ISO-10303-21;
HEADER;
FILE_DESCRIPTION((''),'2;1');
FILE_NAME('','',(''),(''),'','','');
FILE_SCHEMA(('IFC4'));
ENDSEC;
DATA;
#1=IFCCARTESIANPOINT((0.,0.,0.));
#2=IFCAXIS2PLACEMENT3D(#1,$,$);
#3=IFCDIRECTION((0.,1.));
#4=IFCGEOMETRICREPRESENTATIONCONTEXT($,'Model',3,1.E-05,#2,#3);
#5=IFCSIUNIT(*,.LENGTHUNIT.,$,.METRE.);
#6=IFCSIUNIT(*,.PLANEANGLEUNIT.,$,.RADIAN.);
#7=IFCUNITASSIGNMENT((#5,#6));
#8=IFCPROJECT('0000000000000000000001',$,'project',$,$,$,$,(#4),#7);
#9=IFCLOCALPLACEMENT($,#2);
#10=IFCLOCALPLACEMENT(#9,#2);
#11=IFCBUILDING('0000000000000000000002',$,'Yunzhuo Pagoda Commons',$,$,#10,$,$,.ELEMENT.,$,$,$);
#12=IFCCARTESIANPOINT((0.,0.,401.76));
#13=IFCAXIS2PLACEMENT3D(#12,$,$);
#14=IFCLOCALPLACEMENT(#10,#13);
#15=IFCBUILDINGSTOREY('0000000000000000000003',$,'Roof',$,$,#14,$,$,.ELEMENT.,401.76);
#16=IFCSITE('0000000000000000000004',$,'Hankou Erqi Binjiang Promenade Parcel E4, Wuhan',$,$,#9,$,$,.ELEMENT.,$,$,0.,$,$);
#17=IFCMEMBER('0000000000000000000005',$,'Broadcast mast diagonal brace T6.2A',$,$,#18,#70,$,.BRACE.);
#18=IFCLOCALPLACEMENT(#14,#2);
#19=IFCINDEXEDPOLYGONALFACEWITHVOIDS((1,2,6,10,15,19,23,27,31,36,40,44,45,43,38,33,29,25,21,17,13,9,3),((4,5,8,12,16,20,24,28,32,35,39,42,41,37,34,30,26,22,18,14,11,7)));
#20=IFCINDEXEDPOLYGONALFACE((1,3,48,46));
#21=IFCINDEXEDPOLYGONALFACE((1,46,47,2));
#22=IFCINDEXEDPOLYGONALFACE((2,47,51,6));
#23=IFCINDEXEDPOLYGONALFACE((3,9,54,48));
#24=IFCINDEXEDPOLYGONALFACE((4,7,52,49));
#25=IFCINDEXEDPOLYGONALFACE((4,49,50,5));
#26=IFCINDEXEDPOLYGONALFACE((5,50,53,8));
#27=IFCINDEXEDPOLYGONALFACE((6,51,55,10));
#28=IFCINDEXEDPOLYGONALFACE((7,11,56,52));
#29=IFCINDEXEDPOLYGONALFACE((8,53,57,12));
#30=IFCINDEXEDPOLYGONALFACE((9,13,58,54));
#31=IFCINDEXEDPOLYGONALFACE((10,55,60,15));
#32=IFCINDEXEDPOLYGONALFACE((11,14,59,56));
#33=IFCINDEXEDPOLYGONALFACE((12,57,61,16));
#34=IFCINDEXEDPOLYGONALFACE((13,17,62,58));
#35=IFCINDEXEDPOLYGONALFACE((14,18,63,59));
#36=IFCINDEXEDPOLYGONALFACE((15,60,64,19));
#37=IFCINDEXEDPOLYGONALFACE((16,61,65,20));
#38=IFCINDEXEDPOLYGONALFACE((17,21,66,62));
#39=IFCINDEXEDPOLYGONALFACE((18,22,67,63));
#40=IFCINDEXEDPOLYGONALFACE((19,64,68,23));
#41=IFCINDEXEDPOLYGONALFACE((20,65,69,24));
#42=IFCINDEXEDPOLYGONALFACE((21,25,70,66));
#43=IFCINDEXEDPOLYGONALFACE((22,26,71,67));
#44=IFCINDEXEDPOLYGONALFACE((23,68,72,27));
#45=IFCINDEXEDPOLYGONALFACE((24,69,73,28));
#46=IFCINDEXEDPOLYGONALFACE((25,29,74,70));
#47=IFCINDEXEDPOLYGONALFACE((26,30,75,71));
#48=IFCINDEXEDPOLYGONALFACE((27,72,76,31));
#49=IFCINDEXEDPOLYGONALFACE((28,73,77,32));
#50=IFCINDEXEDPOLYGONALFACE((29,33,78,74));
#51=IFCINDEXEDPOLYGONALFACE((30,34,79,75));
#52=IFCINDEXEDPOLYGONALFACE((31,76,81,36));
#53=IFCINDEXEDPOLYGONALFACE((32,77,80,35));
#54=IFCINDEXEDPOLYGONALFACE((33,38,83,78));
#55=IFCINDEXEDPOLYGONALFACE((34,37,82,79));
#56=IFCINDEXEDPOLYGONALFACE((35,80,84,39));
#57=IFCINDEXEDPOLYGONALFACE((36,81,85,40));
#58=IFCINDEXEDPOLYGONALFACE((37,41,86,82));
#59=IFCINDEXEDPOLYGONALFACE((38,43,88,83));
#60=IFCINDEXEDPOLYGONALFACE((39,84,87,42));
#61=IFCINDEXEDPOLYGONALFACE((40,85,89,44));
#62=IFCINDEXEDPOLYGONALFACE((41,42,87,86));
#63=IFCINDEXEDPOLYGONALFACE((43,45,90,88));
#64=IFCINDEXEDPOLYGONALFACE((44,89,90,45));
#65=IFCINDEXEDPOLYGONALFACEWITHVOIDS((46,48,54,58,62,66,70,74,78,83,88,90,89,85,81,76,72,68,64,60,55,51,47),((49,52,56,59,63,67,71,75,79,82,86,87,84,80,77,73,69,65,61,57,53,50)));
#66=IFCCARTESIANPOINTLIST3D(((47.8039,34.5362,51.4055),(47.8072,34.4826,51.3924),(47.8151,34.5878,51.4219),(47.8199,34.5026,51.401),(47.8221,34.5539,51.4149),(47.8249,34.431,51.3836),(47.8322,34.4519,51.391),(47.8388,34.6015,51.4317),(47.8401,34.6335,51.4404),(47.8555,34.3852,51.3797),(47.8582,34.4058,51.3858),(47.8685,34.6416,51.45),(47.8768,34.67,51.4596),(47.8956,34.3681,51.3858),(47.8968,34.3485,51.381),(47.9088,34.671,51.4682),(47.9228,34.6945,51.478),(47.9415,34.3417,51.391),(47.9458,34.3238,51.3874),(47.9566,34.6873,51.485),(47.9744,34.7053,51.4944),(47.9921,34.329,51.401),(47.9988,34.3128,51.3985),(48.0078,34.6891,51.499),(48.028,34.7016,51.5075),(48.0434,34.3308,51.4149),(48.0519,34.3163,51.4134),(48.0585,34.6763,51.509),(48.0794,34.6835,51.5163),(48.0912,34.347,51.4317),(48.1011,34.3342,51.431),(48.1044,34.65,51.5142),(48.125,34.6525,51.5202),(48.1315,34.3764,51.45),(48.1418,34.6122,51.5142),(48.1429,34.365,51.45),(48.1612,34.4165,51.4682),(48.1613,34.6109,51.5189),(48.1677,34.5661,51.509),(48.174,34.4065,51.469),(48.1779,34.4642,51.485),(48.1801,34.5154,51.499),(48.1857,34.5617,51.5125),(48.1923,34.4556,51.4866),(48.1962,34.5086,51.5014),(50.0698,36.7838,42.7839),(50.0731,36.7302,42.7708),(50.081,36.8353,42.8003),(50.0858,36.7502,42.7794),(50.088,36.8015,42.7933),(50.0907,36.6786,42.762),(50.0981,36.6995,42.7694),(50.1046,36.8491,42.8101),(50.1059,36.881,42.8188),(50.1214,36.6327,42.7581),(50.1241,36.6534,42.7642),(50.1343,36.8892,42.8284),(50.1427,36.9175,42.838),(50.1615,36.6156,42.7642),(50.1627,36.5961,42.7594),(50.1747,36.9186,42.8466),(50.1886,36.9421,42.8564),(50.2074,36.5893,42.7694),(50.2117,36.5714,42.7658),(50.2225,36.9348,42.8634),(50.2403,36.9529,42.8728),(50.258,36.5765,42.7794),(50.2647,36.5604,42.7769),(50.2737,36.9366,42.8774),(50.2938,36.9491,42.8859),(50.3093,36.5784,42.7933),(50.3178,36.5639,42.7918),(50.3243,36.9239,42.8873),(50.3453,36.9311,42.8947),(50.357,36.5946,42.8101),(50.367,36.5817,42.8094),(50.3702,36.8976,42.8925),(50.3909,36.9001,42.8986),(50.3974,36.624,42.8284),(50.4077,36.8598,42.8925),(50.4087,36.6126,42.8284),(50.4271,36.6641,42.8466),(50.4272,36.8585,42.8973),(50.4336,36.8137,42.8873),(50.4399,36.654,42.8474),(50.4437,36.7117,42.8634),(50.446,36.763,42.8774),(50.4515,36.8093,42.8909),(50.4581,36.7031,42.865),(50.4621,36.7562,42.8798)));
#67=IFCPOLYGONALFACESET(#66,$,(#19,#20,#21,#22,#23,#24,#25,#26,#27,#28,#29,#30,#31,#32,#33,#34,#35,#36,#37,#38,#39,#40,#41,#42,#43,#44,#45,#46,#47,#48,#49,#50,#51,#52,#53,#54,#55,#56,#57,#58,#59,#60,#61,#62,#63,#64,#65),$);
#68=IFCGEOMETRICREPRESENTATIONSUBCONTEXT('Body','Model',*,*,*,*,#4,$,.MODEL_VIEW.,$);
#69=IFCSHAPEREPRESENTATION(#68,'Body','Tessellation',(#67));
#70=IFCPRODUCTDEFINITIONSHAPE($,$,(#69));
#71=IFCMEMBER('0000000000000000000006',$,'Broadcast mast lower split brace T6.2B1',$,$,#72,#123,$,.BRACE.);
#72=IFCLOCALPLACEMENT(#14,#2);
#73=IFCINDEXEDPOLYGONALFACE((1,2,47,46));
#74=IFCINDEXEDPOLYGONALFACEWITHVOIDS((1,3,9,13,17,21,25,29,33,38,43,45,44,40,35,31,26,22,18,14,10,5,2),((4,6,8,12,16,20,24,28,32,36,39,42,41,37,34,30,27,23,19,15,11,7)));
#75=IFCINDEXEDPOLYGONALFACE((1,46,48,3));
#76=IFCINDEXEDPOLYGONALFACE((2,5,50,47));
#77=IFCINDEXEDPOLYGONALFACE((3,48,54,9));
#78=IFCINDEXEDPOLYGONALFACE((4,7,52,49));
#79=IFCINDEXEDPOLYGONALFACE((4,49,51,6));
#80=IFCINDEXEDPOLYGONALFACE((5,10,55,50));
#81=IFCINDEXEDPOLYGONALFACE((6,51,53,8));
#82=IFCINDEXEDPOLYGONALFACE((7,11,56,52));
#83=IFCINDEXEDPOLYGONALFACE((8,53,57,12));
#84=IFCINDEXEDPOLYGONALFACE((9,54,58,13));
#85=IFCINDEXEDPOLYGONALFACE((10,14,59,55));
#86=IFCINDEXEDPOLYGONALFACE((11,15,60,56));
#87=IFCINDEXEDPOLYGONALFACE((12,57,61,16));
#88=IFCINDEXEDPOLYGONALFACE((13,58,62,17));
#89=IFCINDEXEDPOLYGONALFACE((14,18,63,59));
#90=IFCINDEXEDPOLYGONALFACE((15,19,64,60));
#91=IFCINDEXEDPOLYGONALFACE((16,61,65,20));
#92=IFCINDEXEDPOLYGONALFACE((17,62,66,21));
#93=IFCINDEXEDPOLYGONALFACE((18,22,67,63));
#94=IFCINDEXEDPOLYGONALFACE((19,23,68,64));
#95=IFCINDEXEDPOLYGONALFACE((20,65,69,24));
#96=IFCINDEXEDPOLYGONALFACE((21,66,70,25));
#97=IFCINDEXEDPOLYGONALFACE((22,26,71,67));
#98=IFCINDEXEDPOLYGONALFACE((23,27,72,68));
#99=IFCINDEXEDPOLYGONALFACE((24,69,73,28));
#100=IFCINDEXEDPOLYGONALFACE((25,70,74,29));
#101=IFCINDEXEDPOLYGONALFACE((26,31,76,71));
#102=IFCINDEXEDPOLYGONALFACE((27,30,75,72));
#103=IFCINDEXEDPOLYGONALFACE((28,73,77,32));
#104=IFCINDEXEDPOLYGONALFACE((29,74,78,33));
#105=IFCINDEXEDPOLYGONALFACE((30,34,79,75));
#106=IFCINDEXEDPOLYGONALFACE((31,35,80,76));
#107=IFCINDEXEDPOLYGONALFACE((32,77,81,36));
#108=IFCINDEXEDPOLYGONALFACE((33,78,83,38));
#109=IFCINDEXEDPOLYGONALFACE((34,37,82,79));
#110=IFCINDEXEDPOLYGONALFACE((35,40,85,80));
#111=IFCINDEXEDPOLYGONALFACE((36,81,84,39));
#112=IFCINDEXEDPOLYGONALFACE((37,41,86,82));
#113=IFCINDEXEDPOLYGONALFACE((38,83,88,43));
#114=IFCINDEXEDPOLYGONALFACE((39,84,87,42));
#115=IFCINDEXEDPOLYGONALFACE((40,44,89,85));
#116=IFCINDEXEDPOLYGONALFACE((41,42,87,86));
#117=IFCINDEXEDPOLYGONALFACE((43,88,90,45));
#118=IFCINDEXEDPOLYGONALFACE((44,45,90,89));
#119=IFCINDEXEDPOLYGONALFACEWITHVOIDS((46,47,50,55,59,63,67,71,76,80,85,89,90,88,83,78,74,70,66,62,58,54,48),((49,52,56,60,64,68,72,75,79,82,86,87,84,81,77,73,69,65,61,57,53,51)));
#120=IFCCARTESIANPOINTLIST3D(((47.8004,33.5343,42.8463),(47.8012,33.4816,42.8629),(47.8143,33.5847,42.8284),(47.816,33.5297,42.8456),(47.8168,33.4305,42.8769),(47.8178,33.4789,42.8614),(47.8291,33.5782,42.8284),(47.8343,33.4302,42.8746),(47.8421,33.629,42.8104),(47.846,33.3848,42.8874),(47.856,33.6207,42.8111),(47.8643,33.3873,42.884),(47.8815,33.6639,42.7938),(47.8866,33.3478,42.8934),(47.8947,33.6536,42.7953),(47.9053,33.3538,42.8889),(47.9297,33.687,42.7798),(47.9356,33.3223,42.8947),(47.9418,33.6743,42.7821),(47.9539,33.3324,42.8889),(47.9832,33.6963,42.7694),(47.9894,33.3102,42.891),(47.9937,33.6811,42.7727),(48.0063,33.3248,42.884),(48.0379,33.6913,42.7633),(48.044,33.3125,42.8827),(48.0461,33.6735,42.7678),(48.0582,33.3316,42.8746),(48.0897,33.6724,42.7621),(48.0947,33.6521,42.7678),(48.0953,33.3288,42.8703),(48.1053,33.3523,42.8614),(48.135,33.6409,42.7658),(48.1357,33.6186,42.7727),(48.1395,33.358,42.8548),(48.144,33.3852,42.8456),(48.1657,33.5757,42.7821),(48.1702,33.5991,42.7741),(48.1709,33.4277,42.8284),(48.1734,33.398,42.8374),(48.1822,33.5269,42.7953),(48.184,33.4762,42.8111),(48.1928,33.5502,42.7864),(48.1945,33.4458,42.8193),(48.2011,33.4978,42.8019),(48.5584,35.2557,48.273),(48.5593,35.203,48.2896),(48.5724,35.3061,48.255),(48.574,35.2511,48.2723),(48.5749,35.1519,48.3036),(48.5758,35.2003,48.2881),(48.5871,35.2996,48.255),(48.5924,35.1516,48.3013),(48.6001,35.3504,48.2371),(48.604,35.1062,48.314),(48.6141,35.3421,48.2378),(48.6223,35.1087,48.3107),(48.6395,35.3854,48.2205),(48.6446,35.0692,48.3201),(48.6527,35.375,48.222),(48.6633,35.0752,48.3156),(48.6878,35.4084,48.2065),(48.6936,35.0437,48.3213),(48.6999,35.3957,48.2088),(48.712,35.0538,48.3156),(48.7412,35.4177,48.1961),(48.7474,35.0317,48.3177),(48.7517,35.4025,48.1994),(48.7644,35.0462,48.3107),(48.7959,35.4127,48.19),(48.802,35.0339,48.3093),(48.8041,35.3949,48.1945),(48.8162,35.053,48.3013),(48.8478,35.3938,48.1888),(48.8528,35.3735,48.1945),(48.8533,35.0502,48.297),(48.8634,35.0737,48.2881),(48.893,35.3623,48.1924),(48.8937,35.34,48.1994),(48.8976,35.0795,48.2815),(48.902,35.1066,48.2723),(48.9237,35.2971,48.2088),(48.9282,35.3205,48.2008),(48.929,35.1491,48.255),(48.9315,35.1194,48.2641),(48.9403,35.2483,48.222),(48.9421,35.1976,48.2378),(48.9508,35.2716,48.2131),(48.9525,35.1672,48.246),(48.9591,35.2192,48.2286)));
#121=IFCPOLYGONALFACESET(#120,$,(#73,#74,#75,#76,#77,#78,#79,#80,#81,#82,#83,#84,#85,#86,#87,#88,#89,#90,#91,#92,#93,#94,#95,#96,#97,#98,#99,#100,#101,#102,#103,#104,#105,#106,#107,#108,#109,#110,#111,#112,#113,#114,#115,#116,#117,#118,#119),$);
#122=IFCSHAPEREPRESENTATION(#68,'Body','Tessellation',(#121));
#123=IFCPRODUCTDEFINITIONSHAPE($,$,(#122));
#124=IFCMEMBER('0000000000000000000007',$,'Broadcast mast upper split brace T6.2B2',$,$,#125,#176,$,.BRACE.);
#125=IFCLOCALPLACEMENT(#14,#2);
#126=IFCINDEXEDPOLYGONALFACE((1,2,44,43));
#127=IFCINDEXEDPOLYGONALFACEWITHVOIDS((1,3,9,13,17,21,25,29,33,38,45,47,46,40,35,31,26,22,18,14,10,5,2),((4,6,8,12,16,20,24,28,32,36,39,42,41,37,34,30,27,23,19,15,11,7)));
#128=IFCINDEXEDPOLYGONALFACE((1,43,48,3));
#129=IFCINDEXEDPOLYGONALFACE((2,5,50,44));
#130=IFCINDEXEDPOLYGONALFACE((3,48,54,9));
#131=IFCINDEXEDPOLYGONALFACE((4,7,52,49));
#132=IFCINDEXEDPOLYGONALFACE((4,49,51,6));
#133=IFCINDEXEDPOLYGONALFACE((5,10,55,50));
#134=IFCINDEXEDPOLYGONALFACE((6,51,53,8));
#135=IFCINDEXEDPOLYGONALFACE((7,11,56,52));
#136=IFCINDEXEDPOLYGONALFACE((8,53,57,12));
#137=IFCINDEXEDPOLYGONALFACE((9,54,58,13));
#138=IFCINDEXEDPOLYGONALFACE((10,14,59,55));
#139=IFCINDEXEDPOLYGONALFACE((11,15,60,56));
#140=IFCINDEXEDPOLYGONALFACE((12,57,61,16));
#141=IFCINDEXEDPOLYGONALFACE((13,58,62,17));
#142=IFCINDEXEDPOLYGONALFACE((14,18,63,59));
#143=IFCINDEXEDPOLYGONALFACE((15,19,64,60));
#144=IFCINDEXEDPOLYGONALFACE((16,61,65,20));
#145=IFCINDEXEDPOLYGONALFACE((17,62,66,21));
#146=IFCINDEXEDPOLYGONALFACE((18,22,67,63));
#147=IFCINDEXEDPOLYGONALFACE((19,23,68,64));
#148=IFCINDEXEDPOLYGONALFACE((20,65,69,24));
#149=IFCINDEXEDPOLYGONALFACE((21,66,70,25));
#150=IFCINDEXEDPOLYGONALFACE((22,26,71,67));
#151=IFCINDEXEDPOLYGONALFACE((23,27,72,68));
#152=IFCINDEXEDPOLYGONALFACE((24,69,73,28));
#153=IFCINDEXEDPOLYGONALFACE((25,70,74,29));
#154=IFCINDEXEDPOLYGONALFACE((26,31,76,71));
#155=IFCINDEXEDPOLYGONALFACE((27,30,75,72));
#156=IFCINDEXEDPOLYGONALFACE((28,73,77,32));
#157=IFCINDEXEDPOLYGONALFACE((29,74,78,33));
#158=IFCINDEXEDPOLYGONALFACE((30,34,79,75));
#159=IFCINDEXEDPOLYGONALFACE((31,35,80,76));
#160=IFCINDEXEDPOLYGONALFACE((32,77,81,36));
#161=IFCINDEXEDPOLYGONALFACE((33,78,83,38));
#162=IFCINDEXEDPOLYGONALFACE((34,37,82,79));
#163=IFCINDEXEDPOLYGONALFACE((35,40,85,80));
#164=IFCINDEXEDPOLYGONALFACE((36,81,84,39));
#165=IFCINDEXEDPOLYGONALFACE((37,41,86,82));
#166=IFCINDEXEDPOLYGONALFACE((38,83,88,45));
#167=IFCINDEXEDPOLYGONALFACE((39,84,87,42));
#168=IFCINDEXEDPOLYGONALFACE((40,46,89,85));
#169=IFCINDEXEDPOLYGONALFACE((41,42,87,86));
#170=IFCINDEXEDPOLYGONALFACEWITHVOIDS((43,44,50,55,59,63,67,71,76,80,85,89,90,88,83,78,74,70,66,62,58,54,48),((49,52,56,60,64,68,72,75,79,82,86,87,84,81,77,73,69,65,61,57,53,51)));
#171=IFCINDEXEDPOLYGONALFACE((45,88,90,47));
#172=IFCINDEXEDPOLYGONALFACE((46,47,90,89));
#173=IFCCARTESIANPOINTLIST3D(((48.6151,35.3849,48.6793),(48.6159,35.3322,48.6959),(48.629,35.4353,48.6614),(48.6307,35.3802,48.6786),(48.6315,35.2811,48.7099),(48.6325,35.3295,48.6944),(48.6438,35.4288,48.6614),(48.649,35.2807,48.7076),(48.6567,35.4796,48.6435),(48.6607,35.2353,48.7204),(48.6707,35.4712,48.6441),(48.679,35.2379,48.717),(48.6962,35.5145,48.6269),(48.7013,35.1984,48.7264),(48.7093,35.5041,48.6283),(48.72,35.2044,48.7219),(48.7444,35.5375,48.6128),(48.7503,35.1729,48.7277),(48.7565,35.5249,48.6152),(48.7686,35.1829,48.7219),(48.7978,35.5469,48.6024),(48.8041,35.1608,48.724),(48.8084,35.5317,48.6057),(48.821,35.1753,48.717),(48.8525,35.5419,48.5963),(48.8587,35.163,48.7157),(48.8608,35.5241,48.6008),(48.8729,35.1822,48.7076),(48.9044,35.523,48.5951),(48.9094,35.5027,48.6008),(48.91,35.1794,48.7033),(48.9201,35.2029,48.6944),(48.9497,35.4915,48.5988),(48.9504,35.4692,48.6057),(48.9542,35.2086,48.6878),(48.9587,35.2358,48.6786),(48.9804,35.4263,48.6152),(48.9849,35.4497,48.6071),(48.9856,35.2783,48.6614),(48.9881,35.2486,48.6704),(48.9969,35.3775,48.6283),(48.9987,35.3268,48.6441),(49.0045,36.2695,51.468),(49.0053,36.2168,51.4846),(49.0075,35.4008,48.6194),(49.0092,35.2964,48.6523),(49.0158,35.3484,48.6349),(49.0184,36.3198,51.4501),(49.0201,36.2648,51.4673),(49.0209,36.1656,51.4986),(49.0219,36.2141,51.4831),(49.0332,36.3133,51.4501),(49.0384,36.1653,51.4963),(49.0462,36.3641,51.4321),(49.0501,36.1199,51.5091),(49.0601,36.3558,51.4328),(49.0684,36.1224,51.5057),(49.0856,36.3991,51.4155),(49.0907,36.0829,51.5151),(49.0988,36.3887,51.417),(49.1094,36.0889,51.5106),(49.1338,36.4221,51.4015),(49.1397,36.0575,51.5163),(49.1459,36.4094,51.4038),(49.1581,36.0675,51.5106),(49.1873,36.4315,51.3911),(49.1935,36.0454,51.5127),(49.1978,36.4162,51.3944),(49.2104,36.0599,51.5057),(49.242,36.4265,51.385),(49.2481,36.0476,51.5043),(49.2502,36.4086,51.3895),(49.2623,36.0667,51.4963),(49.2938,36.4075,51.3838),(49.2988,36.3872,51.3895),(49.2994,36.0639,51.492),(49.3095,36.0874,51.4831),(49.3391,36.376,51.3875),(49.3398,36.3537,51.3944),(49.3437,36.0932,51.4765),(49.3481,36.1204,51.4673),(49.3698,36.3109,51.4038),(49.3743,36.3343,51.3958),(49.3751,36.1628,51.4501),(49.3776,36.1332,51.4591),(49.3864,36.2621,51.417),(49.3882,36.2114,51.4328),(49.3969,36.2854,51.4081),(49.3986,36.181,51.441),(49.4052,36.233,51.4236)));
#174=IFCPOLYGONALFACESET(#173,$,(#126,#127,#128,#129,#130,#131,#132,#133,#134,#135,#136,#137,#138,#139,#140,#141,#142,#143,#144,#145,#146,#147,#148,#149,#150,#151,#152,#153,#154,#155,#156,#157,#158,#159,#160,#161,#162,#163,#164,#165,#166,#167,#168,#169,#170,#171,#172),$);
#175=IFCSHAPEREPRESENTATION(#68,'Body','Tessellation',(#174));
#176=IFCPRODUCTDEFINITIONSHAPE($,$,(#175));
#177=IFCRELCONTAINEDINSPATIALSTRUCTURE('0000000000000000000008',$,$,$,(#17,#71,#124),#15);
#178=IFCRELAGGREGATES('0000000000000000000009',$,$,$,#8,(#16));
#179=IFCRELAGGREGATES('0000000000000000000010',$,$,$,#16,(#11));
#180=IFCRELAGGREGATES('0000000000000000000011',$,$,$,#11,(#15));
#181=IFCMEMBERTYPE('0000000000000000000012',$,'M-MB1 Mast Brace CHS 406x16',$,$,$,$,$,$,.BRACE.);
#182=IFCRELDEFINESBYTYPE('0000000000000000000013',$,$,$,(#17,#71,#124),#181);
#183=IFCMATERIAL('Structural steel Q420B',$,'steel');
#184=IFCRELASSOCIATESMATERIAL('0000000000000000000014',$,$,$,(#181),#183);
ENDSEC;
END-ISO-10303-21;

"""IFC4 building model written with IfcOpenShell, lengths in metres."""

from ifc_helpers import new_model, si_unit, direction, frame, origin, origin_2d, place, context, subcontext, project, spatial, hollow_circle, extrude, source, transform, mapped, material, material_profile, profile_set, type_object, element, save


model = new_model("IFC4")

# Units and contexts
model_context = context("Model", 3, precision=1e-05, world=origin(), true_north=direction((0.0, 1.0)))
body_context = subcontext(model_context, "Body", "Model", "MODEL_VIEW")
ifc_project = project(units=[si_unit("LENGTHUNIT", "METRE"), si_unit("PLANEANGLEUNIT", "RADIAN")], contexts=[model_context])

# Site, building, storey
site_placement = place(None, origin())
site = spatial("IfcSite", under=ifc_project, at=site_placement, Name="Hankou Erqi Binjiang Promenade Parcel E4, Wuhan", CompositionType="ELEMENT", RefElevation=0.0)
building_placement = place(site_placement, origin())
building = spatial("IfcBuilding", under=site, at=building_placement, Name="Yunzhuo Pagoda Commons", CompositionType="ELEMENT")
storey_placement = place(building_placement, frame((0.0, 0.0, 401.76)))
storey = spatial("IfcBuildingStorey", under=building, at=storey_placement, Name="Roof", CompositionType="ELEMENT", Elevation=401.76)

# Members
ifc_material_1 = material(Name="Structural steel Q420B", Category="steel")
ifc_material_profile_1 = material_profile(ifc_material_1, hollow_circle(Radius=0.2029, WallThickness=0.0161, at=origin_2d()), Name="Structural steel Q420B")
ifc_profile_set_1 = profile_set([ifc_material_profile_1], Name="Structural steel Q420B")
member_type_1 = type_object("IfcMemberType", Name="M-MB1 Mast Brace CHS 406x16", PredefinedType="BRACE", material=ifc_profile_set_1)
shared_shape_1 = source(origin(), body_context, "Body", "SweptSolid", [
    extrude(hollow_circle(Radius=0.2029, WallThickness=0.0161, at=origin_2d()), origin(), (0.0, 0.0, 1.0), 9.1934),
])
member_1_placement = place(storey_placement, frame((50.2659, 36.7566, 42.8284), z_axis=(-0.246469, -0.244477, 0.937808), x_axis=(0.704232, -0.70997, 0.0)))
element("IfcMember", 1, at=member_1_placement, inside=storey, type_object=member_type_1, Name="Broadcast mast diagonal brace T6.2A", PredefinedType="BRACE", context=body_context, shape_type="MappedRepresentation", body=[
    mapped(shared_shape_1, transform((0.0, 0.0, 0.0), scale=1.0)),
])
shared_shape_2 = source(origin(), body_context, "Body", "SweptSolid", [
    extrude(hollow_circle(Radius=0.2029, WallThickness=0.0161, at=origin_2d()), origin(), (0.0, 0.0, 1.0), 5.7434),
])
member_2_placement = place(storey_placement, frame((48.0, 33.5029, 42.8284), z_axis=(0.131985, 0.299719, 0.944854), x_axis=(-0.915193, 0.403017, 0.0)))
element("IfcMember", 2, at=member_2_placement, inside=storey, type_object=member_type_1, Name="Broadcast mast lower split brace T6.2B1", PredefinedType="BRACE", context=body_context, shape_type="MappedRepresentation", body=[
    mapped(shared_shape_2, transform((0.0, 0.0, 0.0), scale=1.0)),
])
shared_shape_3 = source(origin(), body_context, "Body", "SweptSolid", [
    extrude(hollow_circle(Radius=0.2029, WallThickness=0.0161, at=origin_2d()), origin(), (0.0, 0.0, 1.0), 2.9514),
])
member_3_placement = place(storey_placement, frame((48.8147, 35.3535, 48.6614), z_axis=(0.131943, 0.299706, 0.944864), x_axis=(-0.915233, 0.402925, 0.0)))
element("IfcMember", 3, at=member_3_placement, inside=storey, type_object=member_type_1, Name="Broadcast mast upper split brace T6.2B2", PredefinedType="BRACE", context=body_context, shape_type="MappedRepresentation", body=[
    mapped(shared_shape_3, transform((0.0, 0.0, 0.0), scale=1.0)),
])

save(model, "model.ifc")
